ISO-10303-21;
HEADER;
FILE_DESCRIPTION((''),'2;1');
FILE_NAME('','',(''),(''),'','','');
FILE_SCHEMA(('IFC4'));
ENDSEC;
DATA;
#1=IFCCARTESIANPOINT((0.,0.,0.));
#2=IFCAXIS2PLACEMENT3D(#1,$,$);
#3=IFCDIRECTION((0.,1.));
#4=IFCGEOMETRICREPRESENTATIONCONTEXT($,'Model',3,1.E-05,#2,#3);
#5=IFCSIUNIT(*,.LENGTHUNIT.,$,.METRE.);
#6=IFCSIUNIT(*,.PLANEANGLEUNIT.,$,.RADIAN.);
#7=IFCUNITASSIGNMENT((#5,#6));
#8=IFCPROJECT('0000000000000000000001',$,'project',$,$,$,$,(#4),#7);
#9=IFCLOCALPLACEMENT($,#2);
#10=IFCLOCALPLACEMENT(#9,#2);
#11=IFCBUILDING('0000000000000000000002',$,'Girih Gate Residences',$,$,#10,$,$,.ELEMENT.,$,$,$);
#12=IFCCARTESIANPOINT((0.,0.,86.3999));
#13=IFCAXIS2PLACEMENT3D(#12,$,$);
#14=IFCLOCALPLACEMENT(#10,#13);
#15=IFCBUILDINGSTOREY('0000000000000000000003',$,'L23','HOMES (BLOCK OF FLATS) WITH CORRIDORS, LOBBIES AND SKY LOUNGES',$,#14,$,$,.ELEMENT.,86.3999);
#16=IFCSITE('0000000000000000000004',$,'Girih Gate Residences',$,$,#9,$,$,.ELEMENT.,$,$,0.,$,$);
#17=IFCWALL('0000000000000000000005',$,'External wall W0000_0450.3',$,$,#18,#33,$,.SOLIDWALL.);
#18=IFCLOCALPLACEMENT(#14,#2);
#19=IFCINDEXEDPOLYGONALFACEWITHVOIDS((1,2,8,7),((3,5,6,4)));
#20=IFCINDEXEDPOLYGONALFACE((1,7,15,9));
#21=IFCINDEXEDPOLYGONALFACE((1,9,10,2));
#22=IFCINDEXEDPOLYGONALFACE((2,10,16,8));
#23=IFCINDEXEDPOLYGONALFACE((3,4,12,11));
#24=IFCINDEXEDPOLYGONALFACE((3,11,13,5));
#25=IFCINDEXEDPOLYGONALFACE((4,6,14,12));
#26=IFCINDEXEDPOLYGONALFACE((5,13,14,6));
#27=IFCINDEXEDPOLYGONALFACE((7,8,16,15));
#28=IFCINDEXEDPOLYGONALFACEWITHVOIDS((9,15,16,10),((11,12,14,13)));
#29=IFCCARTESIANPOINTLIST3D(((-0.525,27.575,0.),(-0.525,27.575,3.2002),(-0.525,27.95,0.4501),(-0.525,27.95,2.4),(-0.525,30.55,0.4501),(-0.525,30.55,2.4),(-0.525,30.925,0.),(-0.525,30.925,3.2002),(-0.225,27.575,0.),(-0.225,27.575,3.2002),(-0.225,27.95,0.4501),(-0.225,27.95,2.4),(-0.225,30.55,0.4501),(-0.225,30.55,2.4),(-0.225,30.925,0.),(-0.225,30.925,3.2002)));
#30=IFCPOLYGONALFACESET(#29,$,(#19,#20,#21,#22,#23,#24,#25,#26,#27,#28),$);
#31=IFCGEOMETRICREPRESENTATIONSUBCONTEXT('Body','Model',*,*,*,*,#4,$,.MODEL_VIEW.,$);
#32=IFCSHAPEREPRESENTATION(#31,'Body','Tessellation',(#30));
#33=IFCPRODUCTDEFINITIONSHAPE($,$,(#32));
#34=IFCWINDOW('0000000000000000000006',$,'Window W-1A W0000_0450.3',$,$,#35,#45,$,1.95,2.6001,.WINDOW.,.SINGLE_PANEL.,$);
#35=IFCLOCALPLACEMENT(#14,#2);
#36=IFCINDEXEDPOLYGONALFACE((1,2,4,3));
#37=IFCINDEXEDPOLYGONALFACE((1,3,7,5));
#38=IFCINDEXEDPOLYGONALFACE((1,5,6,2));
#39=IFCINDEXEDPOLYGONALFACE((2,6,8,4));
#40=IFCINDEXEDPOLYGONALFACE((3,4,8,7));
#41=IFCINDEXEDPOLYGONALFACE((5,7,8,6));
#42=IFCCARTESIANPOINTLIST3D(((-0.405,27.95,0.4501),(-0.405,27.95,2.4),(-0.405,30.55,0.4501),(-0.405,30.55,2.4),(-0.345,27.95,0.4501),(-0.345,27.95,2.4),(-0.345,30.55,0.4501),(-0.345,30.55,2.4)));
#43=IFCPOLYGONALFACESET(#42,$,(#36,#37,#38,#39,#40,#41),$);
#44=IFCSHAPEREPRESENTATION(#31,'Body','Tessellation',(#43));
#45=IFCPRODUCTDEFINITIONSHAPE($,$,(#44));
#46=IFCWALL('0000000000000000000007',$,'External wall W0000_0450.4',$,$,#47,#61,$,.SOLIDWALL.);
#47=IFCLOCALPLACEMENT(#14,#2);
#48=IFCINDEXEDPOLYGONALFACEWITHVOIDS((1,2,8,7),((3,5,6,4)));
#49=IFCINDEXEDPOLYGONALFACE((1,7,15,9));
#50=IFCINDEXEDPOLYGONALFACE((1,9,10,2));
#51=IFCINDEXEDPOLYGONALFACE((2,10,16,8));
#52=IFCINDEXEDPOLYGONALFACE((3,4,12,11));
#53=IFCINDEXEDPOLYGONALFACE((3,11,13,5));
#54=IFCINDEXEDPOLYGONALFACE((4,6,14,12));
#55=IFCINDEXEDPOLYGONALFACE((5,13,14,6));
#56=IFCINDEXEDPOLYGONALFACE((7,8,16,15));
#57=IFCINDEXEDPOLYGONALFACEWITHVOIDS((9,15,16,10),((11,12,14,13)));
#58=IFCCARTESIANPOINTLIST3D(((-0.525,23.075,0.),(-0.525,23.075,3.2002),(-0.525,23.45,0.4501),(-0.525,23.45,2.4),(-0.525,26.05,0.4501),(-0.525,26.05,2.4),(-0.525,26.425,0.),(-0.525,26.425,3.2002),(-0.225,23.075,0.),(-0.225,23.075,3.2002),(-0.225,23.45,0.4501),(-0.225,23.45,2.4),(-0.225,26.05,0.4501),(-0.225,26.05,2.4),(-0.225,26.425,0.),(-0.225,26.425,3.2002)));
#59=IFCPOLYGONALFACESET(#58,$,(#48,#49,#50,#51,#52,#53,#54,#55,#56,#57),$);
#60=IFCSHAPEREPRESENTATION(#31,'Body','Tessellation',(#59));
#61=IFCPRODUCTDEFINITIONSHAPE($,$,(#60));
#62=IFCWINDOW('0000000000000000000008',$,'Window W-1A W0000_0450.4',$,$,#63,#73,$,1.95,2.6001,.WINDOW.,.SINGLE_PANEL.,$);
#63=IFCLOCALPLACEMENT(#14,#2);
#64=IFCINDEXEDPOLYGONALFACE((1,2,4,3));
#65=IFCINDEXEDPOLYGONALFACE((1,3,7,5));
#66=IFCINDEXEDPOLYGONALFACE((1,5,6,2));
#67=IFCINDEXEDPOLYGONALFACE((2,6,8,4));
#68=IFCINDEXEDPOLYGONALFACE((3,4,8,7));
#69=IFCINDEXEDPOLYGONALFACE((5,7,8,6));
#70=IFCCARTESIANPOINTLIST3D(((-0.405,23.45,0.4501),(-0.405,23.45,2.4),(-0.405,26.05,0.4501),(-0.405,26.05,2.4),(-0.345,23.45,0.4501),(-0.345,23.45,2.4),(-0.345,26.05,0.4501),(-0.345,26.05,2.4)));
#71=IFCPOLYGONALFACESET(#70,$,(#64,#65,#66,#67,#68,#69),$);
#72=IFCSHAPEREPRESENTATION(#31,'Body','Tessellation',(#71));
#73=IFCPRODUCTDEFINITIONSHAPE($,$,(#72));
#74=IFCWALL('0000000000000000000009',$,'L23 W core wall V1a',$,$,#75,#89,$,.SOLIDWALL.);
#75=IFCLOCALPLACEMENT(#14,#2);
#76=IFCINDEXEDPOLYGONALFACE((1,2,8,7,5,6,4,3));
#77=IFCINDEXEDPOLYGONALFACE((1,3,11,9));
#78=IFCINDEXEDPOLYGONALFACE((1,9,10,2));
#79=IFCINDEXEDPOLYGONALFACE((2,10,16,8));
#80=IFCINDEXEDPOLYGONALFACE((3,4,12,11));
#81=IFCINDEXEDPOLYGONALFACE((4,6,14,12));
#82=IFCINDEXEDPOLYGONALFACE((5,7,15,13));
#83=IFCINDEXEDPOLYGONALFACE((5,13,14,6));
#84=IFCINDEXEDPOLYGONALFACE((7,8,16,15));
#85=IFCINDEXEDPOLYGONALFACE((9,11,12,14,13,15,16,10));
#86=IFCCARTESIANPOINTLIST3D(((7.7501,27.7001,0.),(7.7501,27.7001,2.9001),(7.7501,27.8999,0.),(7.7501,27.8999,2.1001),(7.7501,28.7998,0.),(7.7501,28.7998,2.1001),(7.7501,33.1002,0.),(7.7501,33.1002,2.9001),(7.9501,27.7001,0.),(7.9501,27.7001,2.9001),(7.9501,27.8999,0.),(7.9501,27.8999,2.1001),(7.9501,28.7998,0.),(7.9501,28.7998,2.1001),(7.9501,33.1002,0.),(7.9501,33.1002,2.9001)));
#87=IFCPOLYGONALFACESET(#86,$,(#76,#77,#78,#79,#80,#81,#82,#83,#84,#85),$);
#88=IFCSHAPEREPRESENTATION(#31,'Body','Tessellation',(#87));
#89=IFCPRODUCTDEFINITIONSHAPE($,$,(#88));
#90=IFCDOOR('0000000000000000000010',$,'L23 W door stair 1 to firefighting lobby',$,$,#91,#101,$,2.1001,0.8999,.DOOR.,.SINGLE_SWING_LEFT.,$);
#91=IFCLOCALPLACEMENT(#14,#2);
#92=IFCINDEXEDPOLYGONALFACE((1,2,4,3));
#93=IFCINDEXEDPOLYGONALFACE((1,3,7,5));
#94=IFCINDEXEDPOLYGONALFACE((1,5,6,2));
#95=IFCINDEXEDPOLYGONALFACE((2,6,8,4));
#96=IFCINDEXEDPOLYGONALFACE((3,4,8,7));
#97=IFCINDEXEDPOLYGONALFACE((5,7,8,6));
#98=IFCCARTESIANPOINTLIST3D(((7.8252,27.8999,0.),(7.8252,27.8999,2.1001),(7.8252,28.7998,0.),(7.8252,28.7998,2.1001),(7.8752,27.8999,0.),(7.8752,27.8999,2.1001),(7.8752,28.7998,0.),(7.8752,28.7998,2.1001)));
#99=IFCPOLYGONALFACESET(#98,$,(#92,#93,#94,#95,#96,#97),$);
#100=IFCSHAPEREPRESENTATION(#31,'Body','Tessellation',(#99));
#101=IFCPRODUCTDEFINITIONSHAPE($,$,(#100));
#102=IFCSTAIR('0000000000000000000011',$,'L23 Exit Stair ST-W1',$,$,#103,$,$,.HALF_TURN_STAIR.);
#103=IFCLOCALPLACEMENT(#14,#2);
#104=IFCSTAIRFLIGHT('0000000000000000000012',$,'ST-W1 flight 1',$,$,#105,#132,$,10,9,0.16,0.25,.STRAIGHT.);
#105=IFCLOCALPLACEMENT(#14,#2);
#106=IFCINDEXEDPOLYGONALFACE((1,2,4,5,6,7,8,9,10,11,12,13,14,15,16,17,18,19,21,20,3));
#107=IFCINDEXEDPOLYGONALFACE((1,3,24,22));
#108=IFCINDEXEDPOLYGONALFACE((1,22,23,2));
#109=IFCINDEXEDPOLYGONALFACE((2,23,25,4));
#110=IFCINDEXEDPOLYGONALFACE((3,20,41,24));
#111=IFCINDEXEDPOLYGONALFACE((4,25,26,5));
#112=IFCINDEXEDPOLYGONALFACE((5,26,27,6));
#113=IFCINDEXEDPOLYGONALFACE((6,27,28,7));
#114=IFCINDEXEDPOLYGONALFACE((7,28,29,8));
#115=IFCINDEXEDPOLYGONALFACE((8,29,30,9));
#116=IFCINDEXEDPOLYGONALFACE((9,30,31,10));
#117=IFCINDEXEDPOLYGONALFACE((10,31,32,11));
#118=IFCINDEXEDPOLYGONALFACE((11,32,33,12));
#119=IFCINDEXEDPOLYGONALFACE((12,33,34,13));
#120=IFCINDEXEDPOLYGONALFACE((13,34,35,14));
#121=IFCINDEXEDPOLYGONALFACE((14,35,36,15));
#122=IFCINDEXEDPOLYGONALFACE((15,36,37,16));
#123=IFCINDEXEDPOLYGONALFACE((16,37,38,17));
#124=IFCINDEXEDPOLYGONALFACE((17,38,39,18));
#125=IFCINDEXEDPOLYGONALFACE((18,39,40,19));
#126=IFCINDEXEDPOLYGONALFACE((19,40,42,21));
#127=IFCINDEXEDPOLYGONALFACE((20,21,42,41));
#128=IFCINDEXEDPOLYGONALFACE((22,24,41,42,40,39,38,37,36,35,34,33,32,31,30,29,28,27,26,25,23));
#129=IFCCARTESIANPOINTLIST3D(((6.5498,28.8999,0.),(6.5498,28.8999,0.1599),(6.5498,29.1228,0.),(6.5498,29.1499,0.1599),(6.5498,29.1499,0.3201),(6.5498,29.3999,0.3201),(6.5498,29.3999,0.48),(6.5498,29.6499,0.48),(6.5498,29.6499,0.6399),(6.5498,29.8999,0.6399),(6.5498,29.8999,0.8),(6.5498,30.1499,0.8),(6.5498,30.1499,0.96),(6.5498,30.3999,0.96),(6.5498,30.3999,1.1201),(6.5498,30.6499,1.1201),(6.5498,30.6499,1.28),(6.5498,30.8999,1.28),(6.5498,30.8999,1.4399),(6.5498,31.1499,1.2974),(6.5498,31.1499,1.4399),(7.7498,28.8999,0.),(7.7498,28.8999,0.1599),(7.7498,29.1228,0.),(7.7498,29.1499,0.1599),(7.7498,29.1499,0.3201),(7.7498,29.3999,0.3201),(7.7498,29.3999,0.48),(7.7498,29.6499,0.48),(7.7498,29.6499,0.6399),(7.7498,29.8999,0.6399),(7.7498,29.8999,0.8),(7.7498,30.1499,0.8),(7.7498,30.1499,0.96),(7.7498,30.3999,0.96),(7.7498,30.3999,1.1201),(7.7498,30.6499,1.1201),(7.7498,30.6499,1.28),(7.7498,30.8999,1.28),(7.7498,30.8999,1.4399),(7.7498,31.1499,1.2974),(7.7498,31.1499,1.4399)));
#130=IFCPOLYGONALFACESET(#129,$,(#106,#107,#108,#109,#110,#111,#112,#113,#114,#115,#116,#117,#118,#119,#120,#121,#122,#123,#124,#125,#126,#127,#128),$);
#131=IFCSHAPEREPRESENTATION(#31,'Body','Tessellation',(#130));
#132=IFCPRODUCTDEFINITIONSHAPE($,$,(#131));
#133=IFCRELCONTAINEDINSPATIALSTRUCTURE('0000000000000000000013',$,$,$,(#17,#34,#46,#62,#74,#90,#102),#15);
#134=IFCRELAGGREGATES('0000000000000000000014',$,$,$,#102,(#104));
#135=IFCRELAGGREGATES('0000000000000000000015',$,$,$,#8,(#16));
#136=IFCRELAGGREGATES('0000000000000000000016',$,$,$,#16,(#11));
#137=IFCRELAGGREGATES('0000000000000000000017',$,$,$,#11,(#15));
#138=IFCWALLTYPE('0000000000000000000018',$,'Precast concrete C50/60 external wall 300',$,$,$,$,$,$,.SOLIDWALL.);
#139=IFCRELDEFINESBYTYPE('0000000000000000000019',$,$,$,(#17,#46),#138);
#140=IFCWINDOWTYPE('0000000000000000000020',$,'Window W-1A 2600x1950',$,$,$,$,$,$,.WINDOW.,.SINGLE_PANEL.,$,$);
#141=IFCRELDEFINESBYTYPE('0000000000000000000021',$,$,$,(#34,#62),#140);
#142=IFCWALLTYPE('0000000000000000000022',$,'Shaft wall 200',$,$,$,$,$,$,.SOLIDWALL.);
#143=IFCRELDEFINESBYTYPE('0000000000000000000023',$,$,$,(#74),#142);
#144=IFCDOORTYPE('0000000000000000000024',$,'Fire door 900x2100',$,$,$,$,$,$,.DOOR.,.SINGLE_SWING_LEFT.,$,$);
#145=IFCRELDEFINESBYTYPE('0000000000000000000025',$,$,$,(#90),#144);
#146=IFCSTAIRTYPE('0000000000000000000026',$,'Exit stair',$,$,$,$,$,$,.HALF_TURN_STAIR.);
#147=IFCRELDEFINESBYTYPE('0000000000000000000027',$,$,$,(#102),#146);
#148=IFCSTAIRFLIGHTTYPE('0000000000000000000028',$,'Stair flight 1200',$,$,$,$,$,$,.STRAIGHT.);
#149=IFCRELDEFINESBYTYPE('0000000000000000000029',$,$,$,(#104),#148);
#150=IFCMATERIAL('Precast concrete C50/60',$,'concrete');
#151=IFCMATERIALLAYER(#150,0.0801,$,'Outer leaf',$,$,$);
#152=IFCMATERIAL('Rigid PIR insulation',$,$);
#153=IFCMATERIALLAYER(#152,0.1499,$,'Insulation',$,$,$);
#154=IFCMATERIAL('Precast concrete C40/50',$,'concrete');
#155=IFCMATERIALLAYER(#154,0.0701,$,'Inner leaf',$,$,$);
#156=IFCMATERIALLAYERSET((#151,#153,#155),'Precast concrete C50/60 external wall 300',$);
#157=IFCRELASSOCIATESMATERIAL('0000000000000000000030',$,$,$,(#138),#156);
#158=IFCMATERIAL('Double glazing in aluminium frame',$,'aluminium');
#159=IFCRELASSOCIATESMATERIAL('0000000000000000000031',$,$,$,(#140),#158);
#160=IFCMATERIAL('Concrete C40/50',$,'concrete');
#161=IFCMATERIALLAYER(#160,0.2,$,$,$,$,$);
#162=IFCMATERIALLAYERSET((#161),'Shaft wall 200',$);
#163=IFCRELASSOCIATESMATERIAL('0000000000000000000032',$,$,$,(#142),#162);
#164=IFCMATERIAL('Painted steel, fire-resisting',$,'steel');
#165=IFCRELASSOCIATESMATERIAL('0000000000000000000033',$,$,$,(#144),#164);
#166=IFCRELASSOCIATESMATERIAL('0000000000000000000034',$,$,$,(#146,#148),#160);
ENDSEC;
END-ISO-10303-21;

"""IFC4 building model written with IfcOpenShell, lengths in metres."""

from ifc_helpers import new_model, si_unit, direction, frame, frame_2d, origin, place, context, subcontext, project, spatial, polyline, rectangle, outline, extrude, material, layer, layer_set, type_object, element, fill, aggregate, save


model = new_model("IFC4")

# Units and contexts
model_context = context("Model", 3, precision=1e-05, world=origin(), true_north=direction((0.0, 1.0)))
body_context = subcontext(model_context, "Body", "Model", "MODEL_VIEW")
ifc_project = project(units=[si_unit("LENGTHUNIT", "METRE"), si_unit("PLANEANGLEUNIT", "RADIAN")], contexts=[model_context])

# Site, building, storey
site_placement = place(None, origin())
site = spatial("IfcSite", under=ifc_project, at=site_placement, Name="Girih Gate Residences", CompositionType="ELEMENT", RefElevation=0.0)
building_placement = place(site_placement, origin())
building = spatial("IfcBuilding", under=site, at=building_placement, Name="Girih Gate Residences", CompositionType="ELEMENT")
storey_placement = place(building_placement, frame((0.0, 0.0, 86.3999)))
storey = spatial("IfcBuildingStorey", under=building, at=storey_placement, Name="L23", Description="HOMES (BLOCK OF FLATS) WITH CORRIDORS, LOBBIES AND SKY LOUNGES", CompositionType="ELEMENT", Elevation=86.3999)

# Shared definitions
ifc_material_1 = material(Name="Painted steel, fire-resisting", Category="steel")

# Walls, openings, windows
ifc_material_2 = material(Name="Precast concrete C50/60", Category="concrete")
ifc_layer_1 = layer(ifc_material_2, 0.0801, Name="Outer leaf")
ifc_material_3 = material(Name="Rigid PIR insulation")
ifc_layer_2 = layer(ifc_material_3, 0.1499, Name="Insulation")
ifc_material_4 = material(Name="Precast concrete C40/50", Category="concrete")
ifc_layer_3 = layer(ifc_material_4, 0.0701, Name="Inner leaf")
ifc_layer_set_1 = layer_set([ifc_layer_1, ifc_layer_2, ifc_layer_3], Name="Precast concrete C50/60 external wall 300")
wall_type_1 = type_object("IfcWallType", Name="Precast concrete C50/60 external wall 300", PredefinedType="SOLIDWALL", material=ifc_layer_set_1)
wall_1_placement = place(storey_placement, frame((-0.375, 27.575, 0.0), z_axis=(0.0, 0.0, 1.0), x_axis=(0.0, 1.0, 0.0)))
wall_1 = element("IfcWall", 1, at=wall_1_placement, inside=storey, type_object=wall_type_1, Name="External wall W0000_0450.3", PredefinedType="SOLIDWALL", context=body_context, shape_type="SweptSolid", body=[
    extrude(rectangle(XDim=3.3501, YDim=0.3, at=frame_2d((1.675, 0.0))), origin(), (0.0, 0.0, 1.0), 3.2002),
])
opening_1_placement = place(wall_1_placement, frame((0.375, 0.0, 0.45)))
opening_1 = element("IfcOpeningElement", 2, at=opening_1_placement, cuts=wall_1, PredefinedType="OPENING", context=body_context, shape_type="SweptSolid", body=[
    extrude(rectangle(XDim=2.6001, YDim=1.95, at=frame_2d((1.3, 0.9751))), frame((0.0, 0.1599, 0.0), z_axis=(0.0, -1.0, 0.0), x_axis=(1.0, 0.0, 0.0)), (0.0, 0.0, 1.0), 0.3201),
])
ifc_material_5 = material(Name="Double glazing in aluminium frame", Category="aluminium")
window_type = type_object("IfcWindowType", Name="Window W-1A 2600x1950", PartitioningType="SINGLE_PANEL", PredefinedType="WINDOW", material=ifc_material_5)
window_1_placement = place(opening_1_placement, origin())
window_1 = element("IfcWindow", 3, at=window_1_placement, inside=storey, type_object=window_type, Name="Window W-1A W0000_0450.3", OverallHeight=1.95, OverallWidth=2.6001, PartitioningType="SINGLE_PANEL", PredefinedType="WINDOW", context=body_context, shape_type="SweptSolid", body=[
    extrude(rectangle(XDim=2.6001, YDim=1.95, at=frame_2d((1.3, 0.9751))), frame((0.0, 0.03, 0.0), z_axis=(0.0, -1.0, 0.0), x_axis=(1.0, 0.0, 0.0)), (0.0, 0.0, 1.0), 0.0601),
])
fill(opening_1, window_1)
wall_2_placement = place(storey_placement, frame((-0.375, 23.075, 0.0), z_axis=(0.0, 0.0, 1.0), x_axis=(0.0, 1.0, 0.0)))
wall_2 = element("IfcWall", 4, at=wall_2_placement, inside=storey, type_object=wall_type_1, Name="External wall W0000_0450.4", PredefinedType="SOLIDWALL", context=body_context, shape_type="SweptSolid", body=[
    extrude(rectangle(XDim=3.3501, YDim=0.3, at=frame_2d((1.675, 0.0))), origin(), (0.0, 0.0, 1.0), 3.2002),
])
opening_2_placement = place(wall_2_placement, frame((0.375, 0.0, 0.45)))
opening_2 = element("IfcOpeningElement", 5, at=opening_2_placement, cuts=wall_2, PredefinedType="OPENING", context=body_context, shape_type="SweptSolid", body=[
    extrude(rectangle(XDim=2.6001, YDim=1.95, at=frame_2d((1.3, 0.9751))), frame((0.0, 0.1599, 0.0), z_axis=(0.0, -1.0, 0.0), x_axis=(1.0, 0.0, 0.0)), (0.0, 0.0, 1.0), 0.3201),
])
window_2_placement = place(opening_2_placement, origin())
window_2 = element("IfcWindow", 6, at=window_2_placement, inside=storey, type_object=window_type, Name="Window W-1A W0000_0450.4", OverallHeight=1.95, OverallWidth=2.6001, PartitioningType="SINGLE_PANEL", PredefinedType="WINDOW", context=body_context, shape_type="SweptSolid", body=[
    extrude(rectangle(XDim=2.6001, YDim=1.95, at=frame_2d((1.3, 0.9751))), frame((0.0, 0.03, 0.0), z_axis=(0.0, -1.0, 0.0), x_axis=(1.0, 0.0, 0.0)), (0.0, 0.0, 1.0), 0.0601),
])
fill(opening_2, window_2)

# Wall, opening, door
ifc_material_6 = material(Name="Concrete C40/50", Category="concrete")
ifc_layer_4 = layer(ifc_material_6, 0.2)
ifc_layer_set_2 = layer_set([ifc_layer_4], Name="Shaft wall 200")
wall_type_2 = type_object("IfcWallType", Name="Shaft wall 200", PredefinedType="SOLIDWALL", material=ifc_layer_set_2)
wall_3_placement = place(storey_placement, frame((7.8501, 27.7, 0.0), z_axis=(0.0, 0.0, 1.0), x_axis=(0.0, 1.0, 0.0)))
wall_3 = element("IfcWall", 7, at=wall_3_placement, inside=storey, type_object=wall_type_2, Name="L23 W core wall V1a", PredefinedType="SOLIDWALL", context=body_context, shape_type="SweptSolid", body=[
    extrude(rectangle(XDim=5.4001, YDim=0.2, at=frame_2d((2.7002, 0.0))), origin(), (0.0, 0.0, 1.0), 2.9001),
])
opening_3_placement = place(wall_3_placement, frame((0.2, 0.0, 0.0)))
opening_3 = element("IfcOpeningElement", 8, at=opening_3_placement, cuts=wall_3, PredefinedType="OPENING", context=body_context, shape_type="SweptSolid", body=[
    extrude(rectangle(XDim=0.8999, YDim=2.1001, at=frame_2d((0.45, 1.05))), frame((0.0, 0.1099, 0.0), z_axis=(0.0, -1.0, 0.0), x_axis=(1.0, 0.0, 0.0)), (0.0, 0.0, 1.0), 0.22),
])
door_type_1 = type_object("IfcDoorType", Name="Fire door 900x2100", OperationType="SINGLE_SWING_LEFT", PredefinedType="DOOR", material=ifc_material_1)
door_1_placement = place(opening_3_placement, origin())
door_1 = element("IfcDoor", 9, at=door_1_placement, inside=storey, type_object=door_type_1, Name="L23 W door stair 1 to firefighting lobby", OperationType="SINGLE_SWING_LEFT", OverallHeight=2.1001, OverallWidth=0.8999, PredefinedType="DOOR", context=body_context, shape_type="SweptSolid", body=[
    extrude(rectangle(XDim=0.8999, YDim=2.1001, at=frame_2d((0.45, 1.05))), frame((0.0, 0.0249, 0.0), z_axis=(0.0, -1.0, 0.0), x_axis=(1.0, 0.0, 0.0)), (0.0, 0.0, 1.0), 0.05),
])
fill(opening_3, door_1)

# Stair, stair flight
stair_type = type_object("IfcStairType", Name="Exit stair", PredefinedType="HALF_TURN_STAIR", material=ifc_material_6)
stair_placement = place(storey_placement, origin())
stair = element("IfcStair", 10, at=stair_placement, inside=storey, type_object=stair_type, Name="L23 Exit Stair ST-W1", PredefinedType="HALF_TURN_STAIR")
stair_flight_type = type_object("IfcStairFlightType", Name="Stair flight 1200", PredefinedType="STRAIGHT", material=ifc_material_6)
stair_flight_placement = place(storey_placement, frame((7.1499, 28.8999, 0.0), z_axis=(0.0, 0.0, 1.0), x_axis=(0.0, 1.0, 0.0)))
stair_flight = element("IfcStairFlight", 11, at=stair_flight_placement, type_object=stair_flight_type, Name="ST-W1 flight 1", NumberOfRisers=10, NumberOfTreads=9, PredefinedType="STRAIGHT", RiserHeight=0.16, TreadLength=0.25, context=body_context, shape_type="SweptSolid", body=[
    extrude(outline(polyline([(0.0, 0.0), (0.0, 0.1599), (0.25, 0.1599), (0.25, 0.3201), (0.5, 0.3201), (0.5, 0.48), (0.75, 0.48), (0.75, 0.6399), (1.0, 0.6399), (1.0, 0.8), (1.25, 0.8), (1.25, 0.96), (1.5, 0.96), (1.5, 1.1201), (1.75, 1.1201), (1.75, 1.28), (2.0, 1.28), (2.0, 1.4399), (2.25, 1.4399), (2.25, 1.6001), (2.25, 1.2974), (0.2229, 0.0), (0.0, 0.0)])), frame((0.0, 0.6001, 0.0), z_axis=(0.0, -1.0, 0.0), x_axis=(1.0, 0.0, 0.0)), (0.0, 0.0, 1.0), 1.2),
])
aggregate(stair, [stair_flight])

save(model, "model.ifc")
